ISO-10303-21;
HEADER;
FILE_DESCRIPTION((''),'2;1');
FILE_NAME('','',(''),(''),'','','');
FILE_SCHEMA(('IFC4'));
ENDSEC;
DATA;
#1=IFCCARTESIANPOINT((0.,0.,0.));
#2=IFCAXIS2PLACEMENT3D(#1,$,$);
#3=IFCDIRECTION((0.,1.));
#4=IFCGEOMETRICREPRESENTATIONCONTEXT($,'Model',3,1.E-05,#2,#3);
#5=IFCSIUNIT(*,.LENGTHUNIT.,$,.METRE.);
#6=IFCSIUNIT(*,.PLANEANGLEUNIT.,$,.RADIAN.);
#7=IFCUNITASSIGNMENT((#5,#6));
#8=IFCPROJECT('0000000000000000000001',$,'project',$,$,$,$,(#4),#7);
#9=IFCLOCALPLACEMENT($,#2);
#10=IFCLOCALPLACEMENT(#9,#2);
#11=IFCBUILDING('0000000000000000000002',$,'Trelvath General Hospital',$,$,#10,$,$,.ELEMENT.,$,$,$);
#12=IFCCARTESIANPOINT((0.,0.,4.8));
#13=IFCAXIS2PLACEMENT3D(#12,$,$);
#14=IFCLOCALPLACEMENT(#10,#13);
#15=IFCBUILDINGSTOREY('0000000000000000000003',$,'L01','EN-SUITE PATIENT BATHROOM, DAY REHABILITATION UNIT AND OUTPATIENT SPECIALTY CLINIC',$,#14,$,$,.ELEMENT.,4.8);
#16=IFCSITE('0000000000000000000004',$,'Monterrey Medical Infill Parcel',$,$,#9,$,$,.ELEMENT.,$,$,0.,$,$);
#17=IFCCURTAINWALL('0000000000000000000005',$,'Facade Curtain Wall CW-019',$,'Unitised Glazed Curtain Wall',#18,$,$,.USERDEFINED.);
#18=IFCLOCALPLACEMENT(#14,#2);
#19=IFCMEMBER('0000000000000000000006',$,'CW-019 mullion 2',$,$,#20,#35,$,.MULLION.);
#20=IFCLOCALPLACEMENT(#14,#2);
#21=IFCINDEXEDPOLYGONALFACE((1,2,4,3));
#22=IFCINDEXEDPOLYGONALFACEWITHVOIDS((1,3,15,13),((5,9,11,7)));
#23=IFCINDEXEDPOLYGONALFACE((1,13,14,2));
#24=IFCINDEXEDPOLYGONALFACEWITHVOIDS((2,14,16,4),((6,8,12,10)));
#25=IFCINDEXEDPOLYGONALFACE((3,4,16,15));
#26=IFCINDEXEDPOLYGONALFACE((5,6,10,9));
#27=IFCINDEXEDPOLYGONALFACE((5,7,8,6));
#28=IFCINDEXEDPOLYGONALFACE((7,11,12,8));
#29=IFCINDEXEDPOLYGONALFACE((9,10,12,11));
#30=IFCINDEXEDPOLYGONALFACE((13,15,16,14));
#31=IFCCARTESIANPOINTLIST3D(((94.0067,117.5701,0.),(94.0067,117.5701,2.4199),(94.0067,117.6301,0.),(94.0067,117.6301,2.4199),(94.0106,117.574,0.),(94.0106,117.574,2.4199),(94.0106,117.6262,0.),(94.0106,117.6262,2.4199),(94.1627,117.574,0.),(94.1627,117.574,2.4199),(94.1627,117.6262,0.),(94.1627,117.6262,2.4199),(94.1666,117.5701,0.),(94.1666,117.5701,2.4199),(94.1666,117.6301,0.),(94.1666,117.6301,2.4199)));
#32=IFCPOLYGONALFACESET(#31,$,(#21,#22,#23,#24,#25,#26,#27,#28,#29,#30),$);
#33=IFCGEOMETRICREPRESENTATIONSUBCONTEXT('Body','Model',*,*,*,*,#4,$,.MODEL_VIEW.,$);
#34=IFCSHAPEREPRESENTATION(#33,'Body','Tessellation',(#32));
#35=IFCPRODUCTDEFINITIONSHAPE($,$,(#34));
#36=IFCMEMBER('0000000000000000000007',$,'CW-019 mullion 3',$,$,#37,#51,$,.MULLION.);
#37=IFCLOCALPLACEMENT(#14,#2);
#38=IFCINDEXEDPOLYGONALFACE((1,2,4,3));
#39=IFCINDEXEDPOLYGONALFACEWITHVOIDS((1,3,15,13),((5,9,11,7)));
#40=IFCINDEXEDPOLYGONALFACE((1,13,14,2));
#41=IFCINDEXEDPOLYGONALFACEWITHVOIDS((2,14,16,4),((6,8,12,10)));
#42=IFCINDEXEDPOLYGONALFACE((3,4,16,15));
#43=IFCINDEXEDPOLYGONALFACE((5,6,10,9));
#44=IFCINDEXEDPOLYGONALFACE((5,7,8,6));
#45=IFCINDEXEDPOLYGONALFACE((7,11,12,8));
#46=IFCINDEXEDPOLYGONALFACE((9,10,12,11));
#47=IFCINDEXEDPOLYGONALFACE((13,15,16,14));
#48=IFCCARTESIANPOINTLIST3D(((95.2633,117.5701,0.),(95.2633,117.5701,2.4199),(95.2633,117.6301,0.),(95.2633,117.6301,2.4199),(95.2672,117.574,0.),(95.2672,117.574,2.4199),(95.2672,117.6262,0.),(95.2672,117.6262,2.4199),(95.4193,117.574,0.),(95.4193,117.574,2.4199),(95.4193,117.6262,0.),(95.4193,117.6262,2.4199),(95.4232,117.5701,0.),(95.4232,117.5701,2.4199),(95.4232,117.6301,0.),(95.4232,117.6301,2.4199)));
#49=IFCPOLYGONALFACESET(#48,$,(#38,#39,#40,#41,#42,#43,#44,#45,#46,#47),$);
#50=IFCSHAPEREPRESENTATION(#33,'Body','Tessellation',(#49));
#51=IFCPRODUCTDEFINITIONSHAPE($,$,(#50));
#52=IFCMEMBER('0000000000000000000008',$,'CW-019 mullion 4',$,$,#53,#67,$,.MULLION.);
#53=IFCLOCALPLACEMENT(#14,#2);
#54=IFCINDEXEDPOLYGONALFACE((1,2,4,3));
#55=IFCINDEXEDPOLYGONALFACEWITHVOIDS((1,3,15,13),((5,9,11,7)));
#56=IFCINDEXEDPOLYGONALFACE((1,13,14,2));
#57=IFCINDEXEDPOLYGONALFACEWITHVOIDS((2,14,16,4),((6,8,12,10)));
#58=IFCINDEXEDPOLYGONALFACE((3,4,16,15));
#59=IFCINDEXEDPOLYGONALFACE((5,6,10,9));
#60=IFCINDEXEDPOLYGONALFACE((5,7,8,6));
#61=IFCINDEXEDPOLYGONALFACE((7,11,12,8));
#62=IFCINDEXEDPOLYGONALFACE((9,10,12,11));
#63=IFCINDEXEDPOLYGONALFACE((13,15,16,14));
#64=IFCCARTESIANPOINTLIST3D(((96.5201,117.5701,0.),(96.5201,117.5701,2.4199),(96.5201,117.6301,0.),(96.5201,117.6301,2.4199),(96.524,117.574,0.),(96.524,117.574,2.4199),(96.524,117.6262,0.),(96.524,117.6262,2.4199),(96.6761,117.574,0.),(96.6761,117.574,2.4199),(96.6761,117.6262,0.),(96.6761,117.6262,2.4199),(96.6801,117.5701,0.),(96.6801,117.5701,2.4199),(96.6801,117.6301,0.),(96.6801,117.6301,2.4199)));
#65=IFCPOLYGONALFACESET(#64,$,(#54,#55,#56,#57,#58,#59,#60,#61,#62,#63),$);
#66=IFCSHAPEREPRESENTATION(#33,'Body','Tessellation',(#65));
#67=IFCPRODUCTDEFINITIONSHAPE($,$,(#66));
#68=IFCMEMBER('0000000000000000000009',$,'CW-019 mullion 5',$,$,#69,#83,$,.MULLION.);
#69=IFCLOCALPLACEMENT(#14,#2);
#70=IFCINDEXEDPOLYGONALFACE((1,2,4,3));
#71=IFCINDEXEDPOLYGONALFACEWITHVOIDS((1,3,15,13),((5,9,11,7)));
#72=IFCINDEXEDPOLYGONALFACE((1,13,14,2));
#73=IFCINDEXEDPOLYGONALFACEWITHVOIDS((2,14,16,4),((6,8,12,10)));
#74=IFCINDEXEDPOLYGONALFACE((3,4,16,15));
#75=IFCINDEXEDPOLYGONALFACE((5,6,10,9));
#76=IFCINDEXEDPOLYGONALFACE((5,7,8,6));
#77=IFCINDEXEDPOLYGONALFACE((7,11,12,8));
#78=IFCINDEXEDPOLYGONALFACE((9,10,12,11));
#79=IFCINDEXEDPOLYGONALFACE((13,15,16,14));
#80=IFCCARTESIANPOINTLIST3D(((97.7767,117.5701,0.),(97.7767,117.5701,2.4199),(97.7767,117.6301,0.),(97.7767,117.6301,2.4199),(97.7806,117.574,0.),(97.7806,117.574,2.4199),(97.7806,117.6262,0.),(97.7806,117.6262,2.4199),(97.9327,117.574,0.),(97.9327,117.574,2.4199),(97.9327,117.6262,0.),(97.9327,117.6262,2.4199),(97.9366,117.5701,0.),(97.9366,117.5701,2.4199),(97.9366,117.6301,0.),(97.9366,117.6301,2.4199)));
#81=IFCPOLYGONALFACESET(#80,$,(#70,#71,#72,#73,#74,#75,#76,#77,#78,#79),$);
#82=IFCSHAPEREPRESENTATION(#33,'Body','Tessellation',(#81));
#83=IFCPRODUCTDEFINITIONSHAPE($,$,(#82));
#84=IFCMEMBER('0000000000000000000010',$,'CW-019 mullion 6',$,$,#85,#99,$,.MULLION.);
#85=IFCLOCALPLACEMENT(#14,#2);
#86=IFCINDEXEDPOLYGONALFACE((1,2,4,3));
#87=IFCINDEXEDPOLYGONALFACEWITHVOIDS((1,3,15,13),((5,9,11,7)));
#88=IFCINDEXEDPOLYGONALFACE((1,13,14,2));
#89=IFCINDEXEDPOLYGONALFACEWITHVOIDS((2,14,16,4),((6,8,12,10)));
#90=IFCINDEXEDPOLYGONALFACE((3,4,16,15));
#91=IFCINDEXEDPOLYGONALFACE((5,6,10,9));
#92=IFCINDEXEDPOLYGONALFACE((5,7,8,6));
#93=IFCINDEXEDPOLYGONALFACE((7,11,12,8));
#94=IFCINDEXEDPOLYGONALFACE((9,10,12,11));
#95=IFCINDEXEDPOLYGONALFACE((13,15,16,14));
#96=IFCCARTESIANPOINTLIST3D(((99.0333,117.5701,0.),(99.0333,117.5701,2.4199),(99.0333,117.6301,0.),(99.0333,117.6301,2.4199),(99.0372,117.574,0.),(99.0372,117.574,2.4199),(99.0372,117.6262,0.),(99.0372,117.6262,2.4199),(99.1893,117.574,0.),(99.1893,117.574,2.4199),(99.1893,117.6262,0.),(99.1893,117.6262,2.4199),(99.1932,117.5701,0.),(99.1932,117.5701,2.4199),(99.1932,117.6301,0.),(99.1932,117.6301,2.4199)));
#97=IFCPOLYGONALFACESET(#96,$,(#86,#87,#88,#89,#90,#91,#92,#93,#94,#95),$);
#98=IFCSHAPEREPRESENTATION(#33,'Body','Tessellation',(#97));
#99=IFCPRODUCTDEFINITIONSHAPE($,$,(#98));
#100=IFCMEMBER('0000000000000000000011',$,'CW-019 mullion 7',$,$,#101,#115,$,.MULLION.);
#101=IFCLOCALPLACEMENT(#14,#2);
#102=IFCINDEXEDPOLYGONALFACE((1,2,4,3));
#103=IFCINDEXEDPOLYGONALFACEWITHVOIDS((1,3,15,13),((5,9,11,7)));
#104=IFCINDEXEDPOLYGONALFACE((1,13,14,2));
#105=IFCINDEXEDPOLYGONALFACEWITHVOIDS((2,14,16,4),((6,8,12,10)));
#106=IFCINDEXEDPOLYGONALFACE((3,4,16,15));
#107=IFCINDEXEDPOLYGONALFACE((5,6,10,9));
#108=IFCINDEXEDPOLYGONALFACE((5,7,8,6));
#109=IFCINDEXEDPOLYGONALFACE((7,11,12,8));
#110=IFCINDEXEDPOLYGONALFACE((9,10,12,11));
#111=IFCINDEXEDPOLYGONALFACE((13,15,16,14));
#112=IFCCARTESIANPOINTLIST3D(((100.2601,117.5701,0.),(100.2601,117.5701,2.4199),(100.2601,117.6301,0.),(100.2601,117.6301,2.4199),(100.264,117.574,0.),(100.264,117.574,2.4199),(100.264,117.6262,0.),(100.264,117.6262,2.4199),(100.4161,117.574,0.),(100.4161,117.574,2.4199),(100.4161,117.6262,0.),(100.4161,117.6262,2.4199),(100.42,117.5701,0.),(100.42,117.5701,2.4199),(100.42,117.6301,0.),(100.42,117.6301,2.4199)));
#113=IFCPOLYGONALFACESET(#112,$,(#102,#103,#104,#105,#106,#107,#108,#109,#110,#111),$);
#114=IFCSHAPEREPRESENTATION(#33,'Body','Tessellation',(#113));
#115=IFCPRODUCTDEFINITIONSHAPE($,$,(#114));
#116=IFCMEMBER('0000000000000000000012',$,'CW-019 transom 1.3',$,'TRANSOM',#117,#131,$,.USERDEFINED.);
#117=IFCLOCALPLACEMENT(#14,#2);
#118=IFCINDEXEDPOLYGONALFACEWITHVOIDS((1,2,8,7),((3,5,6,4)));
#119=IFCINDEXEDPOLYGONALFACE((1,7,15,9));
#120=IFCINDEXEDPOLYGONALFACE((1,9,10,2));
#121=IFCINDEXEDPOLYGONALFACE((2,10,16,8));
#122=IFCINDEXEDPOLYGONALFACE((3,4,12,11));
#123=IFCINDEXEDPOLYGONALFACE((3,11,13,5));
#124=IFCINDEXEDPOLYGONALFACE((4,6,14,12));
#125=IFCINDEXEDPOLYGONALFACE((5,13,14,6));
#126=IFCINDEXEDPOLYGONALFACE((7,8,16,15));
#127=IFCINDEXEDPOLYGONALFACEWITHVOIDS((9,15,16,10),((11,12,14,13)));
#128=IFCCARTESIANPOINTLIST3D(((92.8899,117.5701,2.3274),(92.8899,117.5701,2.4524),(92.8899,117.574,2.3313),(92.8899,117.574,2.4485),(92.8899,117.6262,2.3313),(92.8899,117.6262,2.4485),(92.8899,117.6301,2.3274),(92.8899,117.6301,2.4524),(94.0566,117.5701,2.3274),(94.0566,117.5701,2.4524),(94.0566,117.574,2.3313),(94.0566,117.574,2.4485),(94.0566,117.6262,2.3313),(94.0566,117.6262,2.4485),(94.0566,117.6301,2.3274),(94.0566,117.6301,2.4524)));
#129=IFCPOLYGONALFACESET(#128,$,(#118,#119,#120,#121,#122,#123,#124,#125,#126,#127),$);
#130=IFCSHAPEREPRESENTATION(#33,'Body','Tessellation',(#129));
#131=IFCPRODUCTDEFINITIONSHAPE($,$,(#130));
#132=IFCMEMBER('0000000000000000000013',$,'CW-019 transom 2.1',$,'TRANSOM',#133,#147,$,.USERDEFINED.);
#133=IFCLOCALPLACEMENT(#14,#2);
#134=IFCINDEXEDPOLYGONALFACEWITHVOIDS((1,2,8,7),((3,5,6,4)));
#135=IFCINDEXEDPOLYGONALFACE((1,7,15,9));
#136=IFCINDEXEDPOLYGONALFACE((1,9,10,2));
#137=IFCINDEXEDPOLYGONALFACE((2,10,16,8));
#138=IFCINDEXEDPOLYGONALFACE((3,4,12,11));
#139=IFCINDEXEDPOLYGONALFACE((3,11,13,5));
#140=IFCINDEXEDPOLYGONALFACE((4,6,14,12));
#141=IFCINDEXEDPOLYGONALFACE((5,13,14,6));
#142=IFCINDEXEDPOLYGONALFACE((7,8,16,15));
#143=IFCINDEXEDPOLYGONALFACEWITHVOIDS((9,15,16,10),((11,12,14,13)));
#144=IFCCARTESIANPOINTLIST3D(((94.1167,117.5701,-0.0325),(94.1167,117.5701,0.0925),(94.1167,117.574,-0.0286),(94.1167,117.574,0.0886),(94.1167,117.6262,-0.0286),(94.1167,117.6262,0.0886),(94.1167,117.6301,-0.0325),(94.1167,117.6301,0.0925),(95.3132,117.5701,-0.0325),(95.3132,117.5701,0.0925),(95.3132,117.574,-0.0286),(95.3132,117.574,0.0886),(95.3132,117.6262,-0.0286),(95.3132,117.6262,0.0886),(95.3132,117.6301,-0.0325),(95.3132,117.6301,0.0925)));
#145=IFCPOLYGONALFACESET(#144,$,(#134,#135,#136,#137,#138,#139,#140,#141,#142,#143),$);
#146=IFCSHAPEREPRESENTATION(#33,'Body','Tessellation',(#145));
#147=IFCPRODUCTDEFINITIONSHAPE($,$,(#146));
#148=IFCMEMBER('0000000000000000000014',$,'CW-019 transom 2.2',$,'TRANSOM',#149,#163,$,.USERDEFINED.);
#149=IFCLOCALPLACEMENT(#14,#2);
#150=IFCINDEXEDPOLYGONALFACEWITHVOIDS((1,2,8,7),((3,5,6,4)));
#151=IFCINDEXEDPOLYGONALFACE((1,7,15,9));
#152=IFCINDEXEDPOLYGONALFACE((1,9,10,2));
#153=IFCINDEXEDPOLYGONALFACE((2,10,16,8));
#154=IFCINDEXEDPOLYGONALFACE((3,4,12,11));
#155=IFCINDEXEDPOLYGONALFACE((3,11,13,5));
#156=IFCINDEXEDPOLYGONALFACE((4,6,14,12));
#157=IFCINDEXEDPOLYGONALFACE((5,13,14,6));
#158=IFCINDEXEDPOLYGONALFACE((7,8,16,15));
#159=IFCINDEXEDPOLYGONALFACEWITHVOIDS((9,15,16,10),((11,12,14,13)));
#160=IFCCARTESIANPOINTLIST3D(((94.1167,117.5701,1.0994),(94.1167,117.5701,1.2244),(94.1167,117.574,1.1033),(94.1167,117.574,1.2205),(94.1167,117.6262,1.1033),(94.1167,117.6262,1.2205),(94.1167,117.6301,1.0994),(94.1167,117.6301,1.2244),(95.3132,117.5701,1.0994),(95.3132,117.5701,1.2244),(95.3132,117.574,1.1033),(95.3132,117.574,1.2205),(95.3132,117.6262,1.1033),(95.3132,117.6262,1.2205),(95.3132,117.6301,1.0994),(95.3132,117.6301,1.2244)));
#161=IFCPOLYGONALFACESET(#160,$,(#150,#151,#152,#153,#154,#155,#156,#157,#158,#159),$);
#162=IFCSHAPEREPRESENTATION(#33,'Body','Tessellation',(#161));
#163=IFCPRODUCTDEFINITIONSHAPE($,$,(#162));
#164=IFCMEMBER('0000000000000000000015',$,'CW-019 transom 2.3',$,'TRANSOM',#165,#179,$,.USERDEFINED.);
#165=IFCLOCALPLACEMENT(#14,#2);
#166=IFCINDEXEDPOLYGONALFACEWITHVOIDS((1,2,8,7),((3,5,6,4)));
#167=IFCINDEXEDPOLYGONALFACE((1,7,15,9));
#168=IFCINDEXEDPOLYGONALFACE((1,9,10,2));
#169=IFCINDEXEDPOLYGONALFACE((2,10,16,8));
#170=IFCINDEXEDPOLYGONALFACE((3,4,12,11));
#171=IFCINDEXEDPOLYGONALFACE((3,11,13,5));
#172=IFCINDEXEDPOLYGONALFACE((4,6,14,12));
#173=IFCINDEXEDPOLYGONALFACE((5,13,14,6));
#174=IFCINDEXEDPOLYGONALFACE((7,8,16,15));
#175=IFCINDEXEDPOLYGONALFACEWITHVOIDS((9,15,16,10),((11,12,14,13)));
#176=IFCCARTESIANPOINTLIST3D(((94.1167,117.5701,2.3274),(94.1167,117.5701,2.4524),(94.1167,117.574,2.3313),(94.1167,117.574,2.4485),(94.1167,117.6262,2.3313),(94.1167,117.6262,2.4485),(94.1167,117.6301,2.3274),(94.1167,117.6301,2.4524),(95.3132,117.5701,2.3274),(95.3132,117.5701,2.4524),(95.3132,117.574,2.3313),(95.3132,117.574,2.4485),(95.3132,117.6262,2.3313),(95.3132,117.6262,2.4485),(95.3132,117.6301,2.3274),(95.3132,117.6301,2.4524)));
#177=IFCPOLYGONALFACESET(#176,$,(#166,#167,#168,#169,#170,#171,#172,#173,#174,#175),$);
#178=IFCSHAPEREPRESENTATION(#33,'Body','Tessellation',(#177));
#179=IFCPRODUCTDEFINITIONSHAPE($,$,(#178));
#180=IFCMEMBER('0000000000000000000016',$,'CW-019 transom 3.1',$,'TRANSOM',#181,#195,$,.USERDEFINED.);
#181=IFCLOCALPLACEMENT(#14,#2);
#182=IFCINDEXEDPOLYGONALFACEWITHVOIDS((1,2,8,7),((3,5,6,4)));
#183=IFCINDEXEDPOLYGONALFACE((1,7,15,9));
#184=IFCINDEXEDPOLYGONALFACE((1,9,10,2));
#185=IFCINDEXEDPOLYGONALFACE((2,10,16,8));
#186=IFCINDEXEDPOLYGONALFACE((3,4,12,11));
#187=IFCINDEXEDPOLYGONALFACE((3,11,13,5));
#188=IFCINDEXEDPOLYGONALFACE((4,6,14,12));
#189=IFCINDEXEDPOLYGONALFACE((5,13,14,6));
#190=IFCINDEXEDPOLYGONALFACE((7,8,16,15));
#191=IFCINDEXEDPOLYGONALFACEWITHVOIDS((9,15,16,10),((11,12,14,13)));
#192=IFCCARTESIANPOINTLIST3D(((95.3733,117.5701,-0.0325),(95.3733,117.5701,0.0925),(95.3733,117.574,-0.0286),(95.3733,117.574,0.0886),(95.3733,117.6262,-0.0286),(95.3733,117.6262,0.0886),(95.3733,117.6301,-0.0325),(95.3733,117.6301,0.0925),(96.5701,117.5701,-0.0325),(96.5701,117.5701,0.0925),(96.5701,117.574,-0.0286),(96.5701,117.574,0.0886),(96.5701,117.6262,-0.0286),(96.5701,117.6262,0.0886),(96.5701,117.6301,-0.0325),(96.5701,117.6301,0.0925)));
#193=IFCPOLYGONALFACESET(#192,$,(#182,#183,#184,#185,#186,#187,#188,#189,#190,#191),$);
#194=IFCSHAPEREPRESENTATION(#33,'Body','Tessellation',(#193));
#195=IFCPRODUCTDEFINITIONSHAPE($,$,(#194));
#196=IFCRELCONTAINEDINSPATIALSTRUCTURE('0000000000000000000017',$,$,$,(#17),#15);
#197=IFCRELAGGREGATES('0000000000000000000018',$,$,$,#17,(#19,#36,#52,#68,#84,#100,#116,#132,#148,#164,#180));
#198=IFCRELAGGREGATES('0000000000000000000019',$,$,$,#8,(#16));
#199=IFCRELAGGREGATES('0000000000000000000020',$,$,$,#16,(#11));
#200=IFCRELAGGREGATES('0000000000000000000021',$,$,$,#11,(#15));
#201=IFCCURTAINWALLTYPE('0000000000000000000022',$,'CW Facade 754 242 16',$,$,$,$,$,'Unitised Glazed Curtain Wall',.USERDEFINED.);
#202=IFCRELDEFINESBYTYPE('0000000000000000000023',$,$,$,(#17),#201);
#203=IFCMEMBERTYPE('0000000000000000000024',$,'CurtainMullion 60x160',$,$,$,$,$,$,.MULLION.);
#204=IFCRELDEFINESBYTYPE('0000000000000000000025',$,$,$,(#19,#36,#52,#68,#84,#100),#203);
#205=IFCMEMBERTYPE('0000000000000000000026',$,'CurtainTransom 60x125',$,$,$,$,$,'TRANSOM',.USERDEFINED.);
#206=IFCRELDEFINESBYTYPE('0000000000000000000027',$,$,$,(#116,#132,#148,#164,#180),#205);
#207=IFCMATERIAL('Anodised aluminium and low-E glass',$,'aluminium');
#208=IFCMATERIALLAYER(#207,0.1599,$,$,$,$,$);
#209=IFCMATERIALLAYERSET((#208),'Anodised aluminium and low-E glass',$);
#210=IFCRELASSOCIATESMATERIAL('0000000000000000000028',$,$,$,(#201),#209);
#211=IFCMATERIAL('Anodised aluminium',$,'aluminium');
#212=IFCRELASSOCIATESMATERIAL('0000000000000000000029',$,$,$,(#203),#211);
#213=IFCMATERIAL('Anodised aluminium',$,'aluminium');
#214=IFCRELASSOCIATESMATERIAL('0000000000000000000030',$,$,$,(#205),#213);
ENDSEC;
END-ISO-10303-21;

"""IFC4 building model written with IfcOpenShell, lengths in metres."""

from ifc_helpers import new_model, si_unit, direction, frame, origin, origin_2d, place, context, subcontext, project, spatial, hollow_rectangle, extrude, material, layer, layer_set, material_profile, profile_set, type_object, element, aggregate, save


model = new_model("IFC4")

# Units and contexts
model_context = context("Model", 3, precision=1e-05, world=origin(), true_north=direction((0.0, 1.0)))
body_context = subcontext(model_context, "Body", "Model", "MODEL_VIEW")
ifc_project = project(units=[si_unit("LENGTHUNIT", "METRE"), si_unit("PLANEANGLEUNIT", "RADIAN")], contexts=[model_context])

# Site, building, storey
site_placement = place(None, origin())
site = spatial("IfcSite", under=ifc_project, at=site_placement, Name="Monterrey Medical Infill Parcel", CompositionType="ELEMENT", RefElevation=0.0)
building_placement = place(site_placement, origin())
building = spatial("IfcBuilding", under=site, at=building_placement, Name="Trelvath General Hospital", CompositionType="ELEMENT")
storey_placement = place(building_placement, frame((0.0, 0.0, 4.8)))
storey = spatial("IfcBuildingStorey", under=building, at=storey_placement, Name="L01", Description="EN-SUITE PATIENT BATHROOM, DAY REHABILITATION UNIT AND OUTPATIENT SPECIALTY CLINIC", CompositionType="ELEMENT", Elevation=4.8)

# Curtain wall, members
ifc_material_1 = material(Name="Anodised aluminium and low-E glass", Category="aluminium")
ifc_layer_1 = layer(ifc_material_1, 0.1599)
ifc_layer_set_1 = layer_set([ifc_layer_1], Name="Anodised aluminium and low-E glass")
curtain_wall_type = type_object("IfcCurtainWallType", Name="CW Facade 754 242 16", ElementType="Unitised Glazed Curtain Wall", PredefinedType="USERDEFINED", material=ifc_layer_set_1)
curtain_wall_placement = place(storey_placement, origin())
curtain_wall = element("IfcCurtainWall", 1, at=curtain_wall_placement, inside=storey, type_object=curtain_wall_type, Name="Facade Curtain Wall CW-019", ObjectType="Unitised Glazed Curtain Wall", PredefinedType="USERDEFINED")
ifc_material_2 = material(Name="Anodised aluminium", Category="aluminium")
ifc_material_profile_1 = material_profile(ifc_material_2, hollow_rectangle(XDim=0.0601, YDim=0.1599, WallThickness=0.0039, at=origin_2d()), Name="RHS60x160x4")
ifc_profile_set_1 = profile_set([ifc_material_profile_1], Name="Anodised aluminium")
member_type_1 = type_object("IfcMemberType", Name="CurtainMullion 60x160", PredefinedType="MULLION", material=ifc_profile_set_1)
member_1_placement = place(storey_placement, frame((94.0867, 117.6001, 0.0), z_axis=(0.0, 0.0, 1.0), x_axis=(0.0, 1.0, 0.0)))
member_1 = element("IfcMember", 2, at=member_1_placement, type_object=member_type_1, Name="CW-019 mullion 2", PredefinedType="MULLION", context=body_context, shape_type="SweptSolid", body=[
    extrude(hollow_rectangle(XDim=0.0601, YDim=0.1599, WallThickness=0.0039, at=origin_2d()), origin(), (0.0, 0.0, 1.0), 2.4199),
])
member_2_placement = place(storey_placement, frame((95.3433, 117.6001, 0.0), z_axis=(0.0, 0.0, 1.0), x_axis=(0.0, 1.0, 0.0)))
member_2 = element("IfcMember", 3, at=member_2_placement, type_object=member_type_1, Name="CW-019 mullion 3", PredefinedType="MULLION", context=body_context, shape_type="SweptSolid", body=[
    extrude(hollow_rectangle(XDim=0.0601, YDim=0.1599, WallThickness=0.0039, at=origin_2d()), origin(), (0.0, 0.0, 1.0), 2.4199),
])
member_3_placement = place(storey_placement, frame((96.6001, 117.6001, 0.0), z_axis=(0.0, 0.0, 1.0), x_axis=(0.0, 1.0, 0.0)))
member_3 = element("IfcMember", 4, at=member_3_placement, type_object=member_type_1, Name="CW-019 mullion 4", PredefinedType="MULLION", context=body_context, shape_type="SweptSolid", body=[
    extrude(hollow_rectangle(XDim=0.0601, YDim=0.1599, WallThickness=0.0039, at=origin_2d()), origin(), (0.0, 0.0, 1.0), 2.4199),
])
member_4_placement = place(storey_placement, frame((97.8567, 117.6001, 0.0), z_axis=(0.0, 0.0, 1.0), x_axis=(0.0, 1.0, 0.0)))
member_4 = element("IfcMember", 5, at=member_4_placement, type_object=member_type_1, Name="CW-019 mullion 5", PredefinedType="MULLION", context=body_context, shape_type="SweptSolid", body=[
    extrude(hollow_rectangle(XDim=0.0601, YDim=0.1599, WallThickness=0.0039, at=origin_2d()), origin(), (0.0, 0.0, 1.0), 2.4199),
])
member_5_placement = place(storey_placement, frame((99.1133, 117.6001, 0.0), z_axis=(0.0, 0.0, 1.0), x_axis=(0.0, 1.0, 0.0)))
member_5 = element("IfcMember", 6, at=member_5_placement, type_object=member_type_1, Name="CW-019 mullion 6", PredefinedType="MULLION", context=body_context, shape_type="SweptSolid", body=[
    extrude(hollow_rectangle(XDim=0.0601, YDim=0.1599, WallThickness=0.0039, at=origin_2d()), origin(), (0.0, 0.0, 1.0), 2.4199),
])
member_6_placement = place(storey_placement, frame((100.3401, 117.6001, 0.0), z_axis=(0.0, 0.0, 1.0), x_axis=(0.0, 1.0, 0.0)))
member_6 = element("IfcMember", 7, at=member_6_placement, type_object=member_type_1, Name="CW-019 mullion 7", PredefinedType="MULLION", context=body_context, shape_type="SweptSolid", body=[
    extrude(hollow_rectangle(XDim=0.0601, YDim=0.1599, WallThickness=0.0039, at=origin_2d()), origin(), (0.0, 0.0, 1.0), 2.4199),
])
ifc_material_3 = material(Name="Anodised aluminium", Category="aluminium")
ifc_material_profile_2 = material_profile(ifc_material_3, hollow_rectangle(XDim=0.0601, YDim=0.125, WallThickness=0.0039, at=origin_2d()), Name="RHS60x125x4")
ifc_profile_set_2 = profile_set([ifc_material_profile_2], Name="Anodised aluminium")
member_type_2 = type_object("IfcMemberType", Name="CurtainTransom 60x125", ElementType="TRANSOM", PredefinedType="USERDEFINED", material=ifc_profile_set_2)
member_7_placement = place(storey_placement, frame((92.8899, 117.6001, 2.3899), z_axis=(1.0, 0.0, 0.0), x_axis=(0.0, 1.0, 0.0)))
member_7 = element("IfcMember", 8, at=member_7_placement, type_object=member_type_2, Name="CW-019 transom 1.3", ObjectType="TRANSOM", PredefinedType="USERDEFINED", context=body_context, shape_type="SweptSolid", body=[
    extrude(hollow_rectangle(XDim=0.0601, YDim=0.125, WallThickness=0.0039, at=origin_2d()), origin(), (0.0, 0.0, 1.0), 1.1667),
])
member_8_placement = place(storey_placement, frame((94.1167, 117.6001, 0.03), z_axis=(1.0, 0.0, 0.0), x_axis=(0.0, 1.0, 0.0)))
member_8 = element("IfcMember", 9, at=member_8_placement, type_object=member_type_2, Name="CW-019 transom 2.1", ObjectType="TRANSOM", PredefinedType="USERDEFINED", context=body_context, shape_type="SweptSolid", body=[
    extrude(hollow_rectangle(XDim=0.0601, YDim=0.125, WallThickness=0.0039, at=origin_2d()), origin(), (0.0, 0.0, 1.0), 1.1965),
])
member_9_placement = place(storey_placement, frame((94.1167, 117.6001, 1.1619), z_axis=(1.0, 0.0, 0.0), x_axis=(0.0, 1.0, 0.0)))
member_9 = element("IfcMember", 10, at=member_9_placement, type_object=member_type_2, Name="CW-019 transom 2.2", ObjectType="TRANSOM", PredefinedType="USERDEFINED", context=body_context, shape_type="SweptSolid", body=[
    extrude(hollow_rectangle(XDim=0.0601, YDim=0.125, WallThickness=0.0039, at=origin_2d()), origin(), (0.0, 0.0, 1.0), 1.1965),
])
member_10_placement = place(storey_placement, frame((94.1167, 117.6001, 2.3899), z_axis=(1.0, 0.0, 0.0), x_axis=(0.0, 1.0, 0.0)))
member_10 = element("IfcMember", 11, at=member_10_placement, type_object=member_type_2, Name="CW-019 transom 2.3", ObjectType="TRANSOM", PredefinedType="USERDEFINED", context=body_context, shape_type="SweptSolid", body=[
    extrude(hollow_rectangle(XDim=0.0601, YDim=0.125, WallThickness=0.0039, at=origin_2d()), origin(), (0.0, 0.0, 1.0), 1.1965),
])
member_11_placement = place(storey_placement, frame((95.3733, 117.6001, 0.03), z_axis=(1.0, 0.0, 0.0), x_axis=(0.0, 1.0, 0.0)))
member_11 = element("IfcMember", 12, at=member_11_placement, type_object=member_type_2, Name="CW-019 transom 3.1", ObjectType="TRANSOM", PredefinedType="USERDEFINED", context=body_context, shape_type="SweptSolid", body=[
    extrude(hollow_rectangle(XDim=0.0601, YDim=0.125, WallThickness=0.0039, at=origin_2d()), origin(), (0.0, 0.0, 1.0), 1.1968),
])
aggregate(curtain_wall, [member_1, member_2, member_3, member_4, member_5, member_6, member_7, member_8, member_9, member_10, member_11])

save(model, "model.ifc")
